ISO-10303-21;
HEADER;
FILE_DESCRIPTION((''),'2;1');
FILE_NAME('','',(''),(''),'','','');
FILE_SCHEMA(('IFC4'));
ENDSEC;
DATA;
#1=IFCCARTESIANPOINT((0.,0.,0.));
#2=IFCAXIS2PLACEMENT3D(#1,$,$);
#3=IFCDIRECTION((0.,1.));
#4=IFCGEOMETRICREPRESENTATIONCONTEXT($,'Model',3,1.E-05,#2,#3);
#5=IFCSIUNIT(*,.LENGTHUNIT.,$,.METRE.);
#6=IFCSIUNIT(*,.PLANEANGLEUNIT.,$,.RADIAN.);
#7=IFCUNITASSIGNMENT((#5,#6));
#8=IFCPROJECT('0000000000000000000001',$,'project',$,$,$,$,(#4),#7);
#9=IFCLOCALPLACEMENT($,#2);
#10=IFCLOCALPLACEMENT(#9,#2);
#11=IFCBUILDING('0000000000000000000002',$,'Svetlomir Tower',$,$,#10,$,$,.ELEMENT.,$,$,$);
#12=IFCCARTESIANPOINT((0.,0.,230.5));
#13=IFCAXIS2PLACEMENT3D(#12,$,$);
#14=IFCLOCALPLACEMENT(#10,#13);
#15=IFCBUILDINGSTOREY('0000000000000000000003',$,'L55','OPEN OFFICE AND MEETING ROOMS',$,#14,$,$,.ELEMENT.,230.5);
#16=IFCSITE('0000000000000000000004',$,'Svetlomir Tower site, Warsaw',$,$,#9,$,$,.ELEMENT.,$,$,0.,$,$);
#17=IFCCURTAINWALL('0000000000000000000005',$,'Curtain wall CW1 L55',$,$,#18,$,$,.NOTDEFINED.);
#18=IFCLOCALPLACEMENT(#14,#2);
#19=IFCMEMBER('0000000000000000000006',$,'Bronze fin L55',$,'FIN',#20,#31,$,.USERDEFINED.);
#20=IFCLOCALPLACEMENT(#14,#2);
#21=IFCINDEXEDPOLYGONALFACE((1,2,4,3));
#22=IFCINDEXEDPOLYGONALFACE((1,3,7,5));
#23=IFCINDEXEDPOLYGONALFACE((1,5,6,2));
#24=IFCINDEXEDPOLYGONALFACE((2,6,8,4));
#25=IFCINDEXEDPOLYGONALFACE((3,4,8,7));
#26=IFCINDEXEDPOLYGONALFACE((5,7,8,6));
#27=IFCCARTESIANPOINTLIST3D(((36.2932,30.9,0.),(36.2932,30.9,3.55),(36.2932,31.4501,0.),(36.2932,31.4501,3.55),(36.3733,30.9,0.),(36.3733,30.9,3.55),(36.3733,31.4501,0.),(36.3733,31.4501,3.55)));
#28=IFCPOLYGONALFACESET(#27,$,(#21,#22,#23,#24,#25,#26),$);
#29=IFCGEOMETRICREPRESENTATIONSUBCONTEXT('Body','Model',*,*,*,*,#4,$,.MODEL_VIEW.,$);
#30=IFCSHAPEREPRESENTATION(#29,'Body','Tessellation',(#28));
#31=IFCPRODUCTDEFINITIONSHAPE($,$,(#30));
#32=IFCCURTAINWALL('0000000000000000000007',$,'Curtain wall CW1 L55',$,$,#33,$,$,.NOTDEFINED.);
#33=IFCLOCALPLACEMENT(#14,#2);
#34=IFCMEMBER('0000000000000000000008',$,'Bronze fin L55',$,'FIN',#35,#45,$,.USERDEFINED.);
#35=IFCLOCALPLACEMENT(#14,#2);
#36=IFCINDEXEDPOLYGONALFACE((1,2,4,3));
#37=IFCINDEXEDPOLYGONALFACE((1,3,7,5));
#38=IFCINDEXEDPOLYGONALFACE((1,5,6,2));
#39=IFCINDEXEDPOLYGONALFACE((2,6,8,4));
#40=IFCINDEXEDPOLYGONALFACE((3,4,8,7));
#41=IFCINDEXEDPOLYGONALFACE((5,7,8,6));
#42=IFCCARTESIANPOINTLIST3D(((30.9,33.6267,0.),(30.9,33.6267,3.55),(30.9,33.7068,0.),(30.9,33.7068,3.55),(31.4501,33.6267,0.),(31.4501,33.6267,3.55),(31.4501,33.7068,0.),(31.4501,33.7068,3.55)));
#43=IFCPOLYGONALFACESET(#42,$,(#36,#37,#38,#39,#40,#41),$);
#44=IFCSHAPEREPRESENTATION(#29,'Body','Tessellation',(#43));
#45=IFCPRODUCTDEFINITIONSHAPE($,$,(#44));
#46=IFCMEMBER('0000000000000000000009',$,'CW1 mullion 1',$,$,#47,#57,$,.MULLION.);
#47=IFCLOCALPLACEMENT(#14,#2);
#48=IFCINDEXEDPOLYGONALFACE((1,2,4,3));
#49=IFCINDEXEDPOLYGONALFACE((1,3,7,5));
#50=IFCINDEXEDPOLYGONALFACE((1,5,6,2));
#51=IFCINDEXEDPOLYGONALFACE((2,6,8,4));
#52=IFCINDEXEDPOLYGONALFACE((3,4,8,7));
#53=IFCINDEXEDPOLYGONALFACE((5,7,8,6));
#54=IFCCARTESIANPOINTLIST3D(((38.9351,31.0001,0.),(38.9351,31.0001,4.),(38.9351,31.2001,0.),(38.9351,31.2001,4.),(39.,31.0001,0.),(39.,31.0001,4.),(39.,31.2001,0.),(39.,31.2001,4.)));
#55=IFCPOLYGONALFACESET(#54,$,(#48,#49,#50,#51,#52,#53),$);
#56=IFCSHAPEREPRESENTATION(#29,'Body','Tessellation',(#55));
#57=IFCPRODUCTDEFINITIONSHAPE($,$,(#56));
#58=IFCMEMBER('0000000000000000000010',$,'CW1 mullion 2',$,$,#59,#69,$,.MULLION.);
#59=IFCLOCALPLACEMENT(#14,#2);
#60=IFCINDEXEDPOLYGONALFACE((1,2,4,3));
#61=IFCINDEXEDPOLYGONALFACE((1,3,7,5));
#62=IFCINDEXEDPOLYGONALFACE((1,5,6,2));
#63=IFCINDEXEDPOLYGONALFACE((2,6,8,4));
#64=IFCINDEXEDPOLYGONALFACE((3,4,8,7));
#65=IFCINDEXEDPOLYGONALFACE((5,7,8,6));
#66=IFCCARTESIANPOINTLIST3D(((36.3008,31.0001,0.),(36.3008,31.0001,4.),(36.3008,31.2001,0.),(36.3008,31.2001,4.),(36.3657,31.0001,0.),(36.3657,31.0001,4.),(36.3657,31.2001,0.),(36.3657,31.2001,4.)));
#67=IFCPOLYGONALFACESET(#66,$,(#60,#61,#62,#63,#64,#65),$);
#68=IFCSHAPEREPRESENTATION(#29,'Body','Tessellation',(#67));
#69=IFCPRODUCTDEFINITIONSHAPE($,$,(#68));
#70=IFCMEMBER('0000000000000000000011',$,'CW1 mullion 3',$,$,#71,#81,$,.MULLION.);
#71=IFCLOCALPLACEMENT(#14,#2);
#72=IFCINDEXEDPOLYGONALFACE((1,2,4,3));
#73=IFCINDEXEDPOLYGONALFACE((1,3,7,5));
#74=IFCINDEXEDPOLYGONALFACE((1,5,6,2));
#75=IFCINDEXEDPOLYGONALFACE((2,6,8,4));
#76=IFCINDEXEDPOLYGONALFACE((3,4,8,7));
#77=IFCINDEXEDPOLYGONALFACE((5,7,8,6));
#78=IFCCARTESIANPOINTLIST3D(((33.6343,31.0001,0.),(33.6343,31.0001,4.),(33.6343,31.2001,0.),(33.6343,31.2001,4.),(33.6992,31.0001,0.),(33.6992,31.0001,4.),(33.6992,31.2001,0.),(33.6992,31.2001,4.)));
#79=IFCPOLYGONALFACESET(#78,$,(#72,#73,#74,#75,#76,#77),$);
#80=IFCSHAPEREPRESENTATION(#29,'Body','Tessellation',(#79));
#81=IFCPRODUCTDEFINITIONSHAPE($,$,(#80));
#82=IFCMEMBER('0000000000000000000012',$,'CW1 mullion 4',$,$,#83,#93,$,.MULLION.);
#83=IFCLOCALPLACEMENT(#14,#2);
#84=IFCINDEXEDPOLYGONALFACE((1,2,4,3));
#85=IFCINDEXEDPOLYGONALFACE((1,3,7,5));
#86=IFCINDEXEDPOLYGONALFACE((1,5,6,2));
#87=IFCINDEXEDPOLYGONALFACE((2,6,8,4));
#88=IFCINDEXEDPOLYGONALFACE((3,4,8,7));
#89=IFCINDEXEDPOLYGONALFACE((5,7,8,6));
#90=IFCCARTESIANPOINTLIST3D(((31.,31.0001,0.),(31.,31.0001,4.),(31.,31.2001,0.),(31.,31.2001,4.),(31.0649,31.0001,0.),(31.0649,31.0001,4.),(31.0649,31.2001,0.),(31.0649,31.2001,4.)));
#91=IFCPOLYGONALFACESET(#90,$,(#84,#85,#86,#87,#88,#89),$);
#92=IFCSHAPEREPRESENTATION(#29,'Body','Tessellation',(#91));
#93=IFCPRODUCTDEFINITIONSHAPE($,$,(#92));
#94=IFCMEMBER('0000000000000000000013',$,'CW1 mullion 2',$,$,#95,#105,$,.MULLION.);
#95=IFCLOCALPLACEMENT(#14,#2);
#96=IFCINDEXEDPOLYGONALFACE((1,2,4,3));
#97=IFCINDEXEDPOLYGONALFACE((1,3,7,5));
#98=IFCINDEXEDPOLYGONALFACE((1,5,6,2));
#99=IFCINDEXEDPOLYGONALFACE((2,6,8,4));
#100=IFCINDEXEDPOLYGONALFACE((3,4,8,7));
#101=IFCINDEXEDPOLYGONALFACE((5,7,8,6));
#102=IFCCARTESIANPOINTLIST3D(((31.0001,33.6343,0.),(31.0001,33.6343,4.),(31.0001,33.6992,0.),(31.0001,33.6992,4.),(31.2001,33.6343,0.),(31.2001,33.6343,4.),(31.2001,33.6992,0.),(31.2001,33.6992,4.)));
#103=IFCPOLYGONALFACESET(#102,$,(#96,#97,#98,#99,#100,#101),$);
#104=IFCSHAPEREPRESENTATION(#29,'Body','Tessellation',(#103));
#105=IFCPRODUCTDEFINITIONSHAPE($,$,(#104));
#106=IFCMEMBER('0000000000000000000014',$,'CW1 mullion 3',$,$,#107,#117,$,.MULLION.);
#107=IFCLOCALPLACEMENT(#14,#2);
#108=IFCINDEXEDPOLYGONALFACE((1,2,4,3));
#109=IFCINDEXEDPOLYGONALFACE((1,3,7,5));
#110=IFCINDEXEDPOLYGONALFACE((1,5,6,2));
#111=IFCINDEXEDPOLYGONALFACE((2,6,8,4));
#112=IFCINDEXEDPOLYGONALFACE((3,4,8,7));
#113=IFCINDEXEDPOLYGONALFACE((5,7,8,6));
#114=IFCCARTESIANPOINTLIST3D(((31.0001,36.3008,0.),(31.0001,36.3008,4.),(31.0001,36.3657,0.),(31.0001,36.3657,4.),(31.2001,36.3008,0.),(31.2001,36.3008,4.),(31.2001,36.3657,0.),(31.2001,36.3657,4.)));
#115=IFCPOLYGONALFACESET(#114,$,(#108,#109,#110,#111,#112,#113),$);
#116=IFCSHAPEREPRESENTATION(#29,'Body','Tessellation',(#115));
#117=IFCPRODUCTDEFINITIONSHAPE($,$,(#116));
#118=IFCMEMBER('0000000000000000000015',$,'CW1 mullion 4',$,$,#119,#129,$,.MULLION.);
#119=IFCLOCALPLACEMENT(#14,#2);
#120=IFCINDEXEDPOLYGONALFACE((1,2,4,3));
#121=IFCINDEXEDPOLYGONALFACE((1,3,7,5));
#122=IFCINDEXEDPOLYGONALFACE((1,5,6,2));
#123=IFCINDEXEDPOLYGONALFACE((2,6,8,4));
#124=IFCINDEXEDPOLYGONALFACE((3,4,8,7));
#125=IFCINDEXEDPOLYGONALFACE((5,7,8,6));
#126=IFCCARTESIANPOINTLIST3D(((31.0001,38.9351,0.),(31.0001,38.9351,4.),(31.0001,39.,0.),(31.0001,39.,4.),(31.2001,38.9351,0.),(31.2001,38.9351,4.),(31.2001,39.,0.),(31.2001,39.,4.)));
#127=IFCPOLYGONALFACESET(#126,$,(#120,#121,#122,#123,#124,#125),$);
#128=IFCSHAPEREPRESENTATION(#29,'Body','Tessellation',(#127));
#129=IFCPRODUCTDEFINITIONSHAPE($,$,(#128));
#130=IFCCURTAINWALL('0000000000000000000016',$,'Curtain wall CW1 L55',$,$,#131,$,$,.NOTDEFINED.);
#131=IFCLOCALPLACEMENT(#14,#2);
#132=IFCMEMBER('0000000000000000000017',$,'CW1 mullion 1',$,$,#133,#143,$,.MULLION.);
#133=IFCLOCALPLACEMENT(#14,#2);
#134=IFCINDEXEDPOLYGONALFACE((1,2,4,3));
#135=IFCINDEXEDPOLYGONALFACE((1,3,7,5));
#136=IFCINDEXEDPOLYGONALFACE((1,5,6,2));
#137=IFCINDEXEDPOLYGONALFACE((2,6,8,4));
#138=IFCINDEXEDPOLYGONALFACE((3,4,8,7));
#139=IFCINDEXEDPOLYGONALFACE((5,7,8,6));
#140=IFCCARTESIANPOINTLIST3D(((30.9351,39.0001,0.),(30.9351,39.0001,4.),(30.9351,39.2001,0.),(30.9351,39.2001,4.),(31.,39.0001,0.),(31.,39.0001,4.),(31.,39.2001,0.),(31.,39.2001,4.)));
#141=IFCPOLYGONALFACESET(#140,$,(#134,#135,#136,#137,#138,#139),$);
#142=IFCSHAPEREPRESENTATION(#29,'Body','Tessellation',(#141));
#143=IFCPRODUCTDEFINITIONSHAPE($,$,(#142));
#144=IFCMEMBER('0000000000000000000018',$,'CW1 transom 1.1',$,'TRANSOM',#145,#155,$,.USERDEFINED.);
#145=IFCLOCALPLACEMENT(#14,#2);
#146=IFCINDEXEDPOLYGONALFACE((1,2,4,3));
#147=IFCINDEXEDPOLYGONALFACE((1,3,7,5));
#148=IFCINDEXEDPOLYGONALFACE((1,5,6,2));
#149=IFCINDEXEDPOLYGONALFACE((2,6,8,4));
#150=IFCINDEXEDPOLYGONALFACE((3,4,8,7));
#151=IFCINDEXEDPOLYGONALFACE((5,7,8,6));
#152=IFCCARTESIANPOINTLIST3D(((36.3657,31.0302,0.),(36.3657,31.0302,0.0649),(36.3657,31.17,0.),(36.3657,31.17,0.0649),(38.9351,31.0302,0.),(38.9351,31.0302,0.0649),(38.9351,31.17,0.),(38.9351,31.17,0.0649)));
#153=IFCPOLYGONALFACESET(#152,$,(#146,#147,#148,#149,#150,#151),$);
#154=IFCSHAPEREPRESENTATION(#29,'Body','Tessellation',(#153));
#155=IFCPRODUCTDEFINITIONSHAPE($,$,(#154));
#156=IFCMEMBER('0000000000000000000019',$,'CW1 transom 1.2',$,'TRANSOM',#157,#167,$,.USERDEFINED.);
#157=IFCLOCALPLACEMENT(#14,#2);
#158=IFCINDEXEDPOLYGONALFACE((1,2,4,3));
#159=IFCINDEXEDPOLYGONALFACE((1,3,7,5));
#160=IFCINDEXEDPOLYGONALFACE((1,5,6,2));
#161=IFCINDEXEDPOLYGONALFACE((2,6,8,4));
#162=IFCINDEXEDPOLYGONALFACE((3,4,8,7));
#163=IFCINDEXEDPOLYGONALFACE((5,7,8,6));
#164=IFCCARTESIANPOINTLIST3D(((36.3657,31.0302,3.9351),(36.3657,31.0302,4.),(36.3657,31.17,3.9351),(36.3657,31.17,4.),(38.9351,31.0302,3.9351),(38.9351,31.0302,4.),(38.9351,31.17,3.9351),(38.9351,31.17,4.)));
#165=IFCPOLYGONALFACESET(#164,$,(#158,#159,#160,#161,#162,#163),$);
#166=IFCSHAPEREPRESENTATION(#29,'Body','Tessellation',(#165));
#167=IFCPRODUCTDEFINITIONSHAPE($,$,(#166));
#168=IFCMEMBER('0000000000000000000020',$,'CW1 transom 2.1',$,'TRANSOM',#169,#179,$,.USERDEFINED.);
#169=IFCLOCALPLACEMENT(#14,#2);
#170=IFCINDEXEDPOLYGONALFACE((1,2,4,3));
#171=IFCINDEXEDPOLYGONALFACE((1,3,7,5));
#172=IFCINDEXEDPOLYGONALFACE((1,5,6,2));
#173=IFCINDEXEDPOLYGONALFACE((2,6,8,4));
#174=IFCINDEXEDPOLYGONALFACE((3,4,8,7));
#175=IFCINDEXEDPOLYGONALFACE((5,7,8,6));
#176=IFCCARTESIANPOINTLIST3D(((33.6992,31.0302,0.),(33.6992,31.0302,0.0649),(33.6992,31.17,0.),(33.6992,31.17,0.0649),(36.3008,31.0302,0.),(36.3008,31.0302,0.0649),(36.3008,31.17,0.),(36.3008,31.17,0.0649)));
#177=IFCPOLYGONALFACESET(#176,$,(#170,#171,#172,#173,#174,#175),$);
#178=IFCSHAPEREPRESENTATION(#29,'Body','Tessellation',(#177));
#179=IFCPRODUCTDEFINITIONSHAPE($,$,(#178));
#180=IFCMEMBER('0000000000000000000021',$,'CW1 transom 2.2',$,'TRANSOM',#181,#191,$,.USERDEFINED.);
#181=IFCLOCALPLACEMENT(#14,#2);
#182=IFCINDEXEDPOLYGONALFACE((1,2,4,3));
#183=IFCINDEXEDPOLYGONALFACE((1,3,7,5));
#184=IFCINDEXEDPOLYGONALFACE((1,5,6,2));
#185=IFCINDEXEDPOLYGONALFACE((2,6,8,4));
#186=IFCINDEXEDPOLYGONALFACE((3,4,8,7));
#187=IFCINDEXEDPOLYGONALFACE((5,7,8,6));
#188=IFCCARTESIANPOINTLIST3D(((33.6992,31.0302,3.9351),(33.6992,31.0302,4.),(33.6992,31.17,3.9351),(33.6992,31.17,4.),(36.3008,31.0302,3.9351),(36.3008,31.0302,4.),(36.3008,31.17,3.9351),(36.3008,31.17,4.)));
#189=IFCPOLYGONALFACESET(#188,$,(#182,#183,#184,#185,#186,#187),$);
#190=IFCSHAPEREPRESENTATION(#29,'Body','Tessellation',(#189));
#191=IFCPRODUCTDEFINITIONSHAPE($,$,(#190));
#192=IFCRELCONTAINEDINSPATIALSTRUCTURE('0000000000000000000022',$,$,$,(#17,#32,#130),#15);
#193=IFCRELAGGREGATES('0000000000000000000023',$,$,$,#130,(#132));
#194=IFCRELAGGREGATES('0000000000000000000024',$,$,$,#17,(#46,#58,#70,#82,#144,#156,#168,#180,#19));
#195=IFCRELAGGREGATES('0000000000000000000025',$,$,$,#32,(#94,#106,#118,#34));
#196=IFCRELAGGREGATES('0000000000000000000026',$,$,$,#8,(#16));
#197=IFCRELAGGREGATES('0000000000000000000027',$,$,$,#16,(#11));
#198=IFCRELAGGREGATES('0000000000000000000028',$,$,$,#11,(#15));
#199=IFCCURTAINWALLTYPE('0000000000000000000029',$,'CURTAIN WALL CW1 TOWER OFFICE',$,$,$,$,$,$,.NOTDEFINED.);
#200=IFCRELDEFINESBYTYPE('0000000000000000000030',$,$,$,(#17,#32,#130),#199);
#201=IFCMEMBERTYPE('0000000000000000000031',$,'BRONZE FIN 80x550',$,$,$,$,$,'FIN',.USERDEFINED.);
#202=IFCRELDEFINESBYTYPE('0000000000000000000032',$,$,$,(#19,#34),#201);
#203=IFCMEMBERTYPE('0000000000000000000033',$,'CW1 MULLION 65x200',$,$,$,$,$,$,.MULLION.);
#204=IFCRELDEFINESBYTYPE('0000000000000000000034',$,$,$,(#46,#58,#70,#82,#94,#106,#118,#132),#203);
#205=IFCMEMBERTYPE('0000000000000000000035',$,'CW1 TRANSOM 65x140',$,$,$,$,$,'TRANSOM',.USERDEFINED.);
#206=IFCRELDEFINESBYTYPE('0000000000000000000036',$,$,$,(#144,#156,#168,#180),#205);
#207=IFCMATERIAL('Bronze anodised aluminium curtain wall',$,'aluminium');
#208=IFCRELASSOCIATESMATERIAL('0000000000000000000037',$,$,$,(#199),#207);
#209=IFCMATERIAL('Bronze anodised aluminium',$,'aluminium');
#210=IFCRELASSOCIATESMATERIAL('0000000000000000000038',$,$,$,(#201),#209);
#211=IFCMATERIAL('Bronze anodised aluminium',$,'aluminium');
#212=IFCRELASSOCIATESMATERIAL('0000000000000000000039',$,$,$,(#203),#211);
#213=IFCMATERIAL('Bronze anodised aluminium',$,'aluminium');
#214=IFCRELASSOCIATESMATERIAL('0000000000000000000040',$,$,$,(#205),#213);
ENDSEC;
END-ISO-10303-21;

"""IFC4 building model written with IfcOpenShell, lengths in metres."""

from ifc_helpers import new_model, si_unit, direction, frame, origin, origin_2d, place, context, subcontext, project, spatial, rectangle, extrude, material, material_profile, profile_set, type_object, element, aggregate, save


model = new_model("IFC4")

# Units and contexts
model_context = context("Model", 3, precision=1e-05, world=origin(), true_north=direction((0.0, 1.0)))
body_context = subcontext(model_context, "Body", "Model", "MODEL_VIEW")
ifc_project = project(units=[si_unit("LENGTHUNIT", "METRE"), si_unit("PLANEANGLEUNIT", "RADIAN")], contexts=[model_context])

# Site, building, storey
site_placement = place(None, origin())
site = spatial("IfcSite", under=ifc_project, at=site_placement, Name="Svetlomir Tower site, Warsaw", CompositionType="ELEMENT", RefElevation=0.0)
building_placement = place(site_placement, origin())
building = spatial("IfcBuilding", under=site, at=building_placement, Name="Svetlomir Tower", CompositionType="ELEMENT")
storey_placement = place(building_placement, frame((0.0, 0.0, 230.5)))
storey = spatial("IfcBuildingStorey", under=building, at=storey_placement, Name="L55", Description="OPEN OFFICE AND MEETING ROOMS", CompositionType="ELEMENT", Elevation=230.5)

# Curtain walls, members
ifc_material_1 = material(Name="Bronze anodised aluminium curtain wall", Category="aluminium")
curtain_wall_type = type_object("IfcCurtainWallType", Name="CURTAIN WALL CW1 TOWER OFFICE", PredefinedType="NOTDEFINED", material=ifc_material_1)
curtain_wall_1_placement = place(storey_placement, origin())
curtain_wall_1 = element("IfcCurtainWall", 1, at=curtain_wall_1_placement, inside=storey, type_object=curtain_wall_type, Name="Curtain wall CW1 L55", PredefinedType="NOTDEFINED")
ifc_material_2 = material(Name="Bronze anodised aluminium", Category="aluminium")
ifc_material_profile_1 = material_profile(ifc_material_2, rectangle(XDim=0.0801, YDim=0.55, at=origin_2d()), Name="FIN 80x550")
ifc_profile_set_1 = profile_set([ifc_material_profile_1], Name="Bronze anodised aluminium 6063-T6")
member_type_1 = type_object("IfcMemberType", Name="BRONZE FIN 80x550", ElementType="FIN", PredefinedType="USERDEFINED", material=ifc_profile_set_1)
member_1_placement = place(storey_placement, frame((36.3333, 31.175, 0.0), z_axis=(0.0, 0.0, 1.0), x_axis=(1.0, 0.0, 0.0)))
member_1 = element("IfcMember", 2, at=member_1_placement, type_object=member_type_1, Name="Bronze fin L55", ObjectType="FIN", PredefinedType="USERDEFINED", context=body_context, shape_type="SweptSolid", body=[
    extrude(rectangle(XDim=0.0801, YDim=0.55, at=origin_2d()), origin(), (0.0, 0.0, 1.0), 3.55),
])
curtain_wall_2_placement = place(storey_placement, origin())
curtain_wall_2 = element("IfcCurtainWall", 3, at=curtain_wall_2_placement, inside=storey, type_object=curtain_wall_type, Name="Curtain wall CW1 L55", PredefinedType="NOTDEFINED")
member_2_placement = place(storey_placement, frame((31.175, 33.6667, 0.0), z_axis=(0.0, 0.0, 1.0), x_axis=(0.0, 1.0, 0.0)))
member_2 = element("IfcMember", 4, at=member_2_placement, type_object=member_type_1, Name="Bronze fin L55", ObjectType="FIN", PredefinedType="USERDEFINED", context=body_context, shape_type="SweptSolid", body=[
    extrude(rectangle(XDim=0.0801, YDim=0.55, at=origin_2d()), origin(), (0.0, 0.0, 1.0), 3.55),
])

# Members
ifc_material_3 = material(Name="Bronze anodised aluminium", Category="aluminium")
ifc_material_profile_2 = material_profile(ifc_material_3, rectangle(XDim=0.0649, YDim=0.2, at=origin_2d()), Name="AL 65x200")
ifc_profile_set_2 = profile_set([ifc_material_profile_2], Name="Bronze anodised aluminium 6063-T6")
member_type_2 = type_object("IfcMemberType", Name="CW1 MULLION 65x200", PredefinedType="MULLION", material=ifc_profile_set_2)
member_3_placement = place(storey_placement, frame((38.9675, 31.1001, 0.0), z_axis=(0.0, 0.0, 1.0), x_axis=(-1.0, 0.0, 0.0)))
member_3 = element("IfcMember", 5, at=member_3_placement, type_object=member_type_2, Name="CW1 mullion 1", PredefinedType="MULLION", context=body_context, shape_type="SweptSolid", body=[
    extrude(rectangle(XDim=0.0649, YDim=0.2, at=origin_2d()), origin(), (0.0, 0.0, 1.0), 4.0),
])
member_4_placement = place(storey_placement, frame((36.3333, 31.1001, 0.0), z_axis=(0.0, 0.0, 1.0), x_axis=(-1.0, 0.0, 0.0)))
member_4 = element("IfcMember", 6, at=member_4_placement, type_object=member_type_2, Name="CW1 mullion 2", PredefinedType="MULLION", context=body_context, shape_type="SweptSolid", body=[
    extrude(rectangle(XDim=0.0649, YDim=0.2, at=origin_2d()), origin(), (0.0, 0.0, 1.0), 4.0),
])
member_5_placement = place(storey_placement, frame((33.6667, 31.1001, 0.0), z_axis=(0.0, 0.0, 1.0), x_axis=(-1.0, 0.0, 0.0)))
member_5 = element("IfcMember", 7, at=member_5_placement, type_object=member_type_2, Name="CW1 mullion 3", PredefinedType="MULLION", context=body_context, shape_type="SweptSolid", body=[
    extrude(rectangle(XDim=0.0649, YDim=0.2, at=origin_2d()), origin(), (0.0, 0.0, 1.0), 4.0),
])
member_6_placement = place(storey_placement, frame((31.0325, 31.1001, 0.0), z_axis=(0.0, 0.0, 1.0), x_axis=(-1.0, 0.0, 0.0)))
member_6 = element("IfcMember", 8, at=member_6_placement, type_object=member_type_2, Name="CW1 mullion 4", PredefinedType="MULLION", context=body_context, shape_type="SweptSolid", body=[
    extrude(rectangle(XDim=0.0649, YDim=0.2, at=origin_2d()), origin(), (0.0, 0.0, 1.0), 4.0),
])
member_7_placement = place(storey_placement, frame((31.1001, 33.6667, 0.0), z_axis=(0.0, 0.0, 1.0), x_axis=(0.0, 1.0, 0.0)))
member_7 = element("IfcMember", 9, at=member_7_placement, type_object=member_type_2, Name="CW1 mullion 2", PredefinedType="MULLION", context=body_context, shape_type="SweptSolid", body=[
    extrude(rectangle(XDim=0.0649, YDim=0.2, at=origin_2d()), origin(), (0.0, 0.0, 1.0), 4.0),
])
member_8_placement = place(storey_placement, frame((31.1001, 36.3333, 0.0), z_axis=(0.0, 0.0, 1.0), x_axis=(0.0, 1.0, 0.0)))
member_8 = element("IfcMember", 10, at=member_8_placement, type_object=member_type_2, Name="CW1 mullion 3", PredefinedType="MULLION", context=body_context, shape_type="SweptSolid", body=[
    extrude(rectangle(XDim=0.0649, YDim=0.2, at=origin_2d()), origin(), (0.0, 0.0, 1.0), 4.0),
])
member_9_placement = place(storey_placement, frame((31.1001, 38.9675, 0.0), z_axis=(0.0, 0.0, 1.0), x_axis=(0.0, 1.0, 0.0)))
member_9 = element("IfcMember", 11, at=member_9_placement, type_object=member_type_2, Name="CW1 mullion 4", PredefinedType="MULLION", context=body_context, shape_type="SweptSolid", body=[
    extrude(rectangle(XDim=0.0649, YDim=0.2, at=origin_2d()), origin(), (0.0, 0.0, 1.0), 4.0),
])

# Curtain wall, member
curtain_wall_3_placement = place(storey_placement, origin())
curtain_wall_3 = element("IfcCurtainWall", 12, at=curtain_wall_3_placement, inside=storey, type_object=curtain_wall_type, Name="Curtain wall CW1 L55", PredefinedType="NOTDEFINED")
member_10_placement = place(storey_placement, frame((30.9675, 39.1001, 0.0), z_axis=(0.0, 0.0, 1.0), x_axis=(-1.0, 0.0, 0.0)))
member_10 = element("IfcMember", 13, at=member_10_placement, type_object=member_type_2, Name="CW1 mullion 1", PredefinedType="MULLION", context=body_context, shape_type="SweptSolid", body=[
    extrude(rectangle(XDim=0.0649, YDim=0.2, at=origin_2d()), origin(), (0.0, 0.0, 1.0), 4.0),
])
aggregate(curtain_wall_3, [member_10])

# Members
ifc_material_4 = material(Name="Bronze anodised aluminium", Category="aluminium")
ifc_material_profile_3 = material_profile(ifc_material_4, rectangle(XDim=0.1399, YDim=0.0649, at=origin_2d()), Name="AL 140x65")
ifc_profile_set_3 = profile_set([ifc_material_profile_3], Name="Bronze anodised aluminium 6063-T6")
member_type_3 = type_object("IfcMemberType", Name="CW1 TRANSOM 65x140", ElementType="TRANSOM", PredefinedType="USERDEFINED", material=ifc_profile_set_3)
member_11_placement = place(storey_placement, frame((38.9351, 31.1001, 0.0325), z_axis=(-1.0, 0.0, 0.0), x_axis=(0.0, -1.0, 0.0)))
member_11 = element("IfcMember", 14, at=member_11_placement, type_object=member_type_3, Name="CW1 transom 1.1", ObjectType="TRANSOM", PredefinedType="USERDEFINED", context=body_context, shape_type="SweptSolid", body=[
    extrude(rectangle(XDim=0.1399, YDim=0.0649, at=origin_2d()), origin(), (0.0, 0.0, 1.0), 2.5693),
])
member_12_placement = place(storey_placement, frame((38.9351, 31.1001, 3.9675), z_axis=(-1.0, 0.0, 0.0), x_axis=(0.0, -1.0, 0.0)))
member_12 = element("IfcMember", 15, at=member_12_placement, type_object=member_type_3, Name="CW1 transom 1.2", ObjectType="TRANSOM", PredefinedType="USERDEFINED", context=body_context, shape_type="SweptSolid", body=[
    extrude(rectangle(XDim=0.1399, YDim=0.0649, at=origin_2d()), origin(), (0.0, 0.0, 1.0), 2.5693),
])
member_13_placement = place(storey_placement, frame((36.3008, 31.1001, 0.0325), z_axis=(-1.0, 0.0, 0.0), x_axis=(0.0, -1.0, 0.0)))
member_13 = element("IfcMember", 16, at=member_13_placement, type_object=member_type_3, Name="CW1 transom 2.1", ObjectType="TRANSOM", PredefinedType="USERDEFINED", context=body_context, shape_type="SweptSolid", body=[
    extrude(rectangle(XDim=0.1399, YDim=0.0649, at=origin_2d()), origin(), (0.0, 0.0, 1.0), 2.6016),
])
member_14_placement = place(storey_placement, frame((36.3008, 31.1001, 3.9675), z_axis=(-1.0, 0.0, 0.0), x_axis=(0.0, -1.0, 0.0)))
member_14 = element("IfcMember", 17, at=member_14_placement, type_object=member_type_3, Name="CW1 transom 2.2", ObjectType="TRANSOM", PredefinedType="USERDEFINED", context=body_context, shape_type="SweptSolid", body=[
    extrude(rectangle(XDim=0.1399, YDim=0.0649, at=origin_2d()), origin(), (0.0, 0.0, 1.0), 2.6016),
])

aggregate(curtain_wall_1, [member_3, member_4, member_5, member_6, member_11, member_12, member_13, member_14, member_1])
aggregate(curtain_wall_2, [member_7, member_8, member_9, member_2])

save(model, "model.ifc")
